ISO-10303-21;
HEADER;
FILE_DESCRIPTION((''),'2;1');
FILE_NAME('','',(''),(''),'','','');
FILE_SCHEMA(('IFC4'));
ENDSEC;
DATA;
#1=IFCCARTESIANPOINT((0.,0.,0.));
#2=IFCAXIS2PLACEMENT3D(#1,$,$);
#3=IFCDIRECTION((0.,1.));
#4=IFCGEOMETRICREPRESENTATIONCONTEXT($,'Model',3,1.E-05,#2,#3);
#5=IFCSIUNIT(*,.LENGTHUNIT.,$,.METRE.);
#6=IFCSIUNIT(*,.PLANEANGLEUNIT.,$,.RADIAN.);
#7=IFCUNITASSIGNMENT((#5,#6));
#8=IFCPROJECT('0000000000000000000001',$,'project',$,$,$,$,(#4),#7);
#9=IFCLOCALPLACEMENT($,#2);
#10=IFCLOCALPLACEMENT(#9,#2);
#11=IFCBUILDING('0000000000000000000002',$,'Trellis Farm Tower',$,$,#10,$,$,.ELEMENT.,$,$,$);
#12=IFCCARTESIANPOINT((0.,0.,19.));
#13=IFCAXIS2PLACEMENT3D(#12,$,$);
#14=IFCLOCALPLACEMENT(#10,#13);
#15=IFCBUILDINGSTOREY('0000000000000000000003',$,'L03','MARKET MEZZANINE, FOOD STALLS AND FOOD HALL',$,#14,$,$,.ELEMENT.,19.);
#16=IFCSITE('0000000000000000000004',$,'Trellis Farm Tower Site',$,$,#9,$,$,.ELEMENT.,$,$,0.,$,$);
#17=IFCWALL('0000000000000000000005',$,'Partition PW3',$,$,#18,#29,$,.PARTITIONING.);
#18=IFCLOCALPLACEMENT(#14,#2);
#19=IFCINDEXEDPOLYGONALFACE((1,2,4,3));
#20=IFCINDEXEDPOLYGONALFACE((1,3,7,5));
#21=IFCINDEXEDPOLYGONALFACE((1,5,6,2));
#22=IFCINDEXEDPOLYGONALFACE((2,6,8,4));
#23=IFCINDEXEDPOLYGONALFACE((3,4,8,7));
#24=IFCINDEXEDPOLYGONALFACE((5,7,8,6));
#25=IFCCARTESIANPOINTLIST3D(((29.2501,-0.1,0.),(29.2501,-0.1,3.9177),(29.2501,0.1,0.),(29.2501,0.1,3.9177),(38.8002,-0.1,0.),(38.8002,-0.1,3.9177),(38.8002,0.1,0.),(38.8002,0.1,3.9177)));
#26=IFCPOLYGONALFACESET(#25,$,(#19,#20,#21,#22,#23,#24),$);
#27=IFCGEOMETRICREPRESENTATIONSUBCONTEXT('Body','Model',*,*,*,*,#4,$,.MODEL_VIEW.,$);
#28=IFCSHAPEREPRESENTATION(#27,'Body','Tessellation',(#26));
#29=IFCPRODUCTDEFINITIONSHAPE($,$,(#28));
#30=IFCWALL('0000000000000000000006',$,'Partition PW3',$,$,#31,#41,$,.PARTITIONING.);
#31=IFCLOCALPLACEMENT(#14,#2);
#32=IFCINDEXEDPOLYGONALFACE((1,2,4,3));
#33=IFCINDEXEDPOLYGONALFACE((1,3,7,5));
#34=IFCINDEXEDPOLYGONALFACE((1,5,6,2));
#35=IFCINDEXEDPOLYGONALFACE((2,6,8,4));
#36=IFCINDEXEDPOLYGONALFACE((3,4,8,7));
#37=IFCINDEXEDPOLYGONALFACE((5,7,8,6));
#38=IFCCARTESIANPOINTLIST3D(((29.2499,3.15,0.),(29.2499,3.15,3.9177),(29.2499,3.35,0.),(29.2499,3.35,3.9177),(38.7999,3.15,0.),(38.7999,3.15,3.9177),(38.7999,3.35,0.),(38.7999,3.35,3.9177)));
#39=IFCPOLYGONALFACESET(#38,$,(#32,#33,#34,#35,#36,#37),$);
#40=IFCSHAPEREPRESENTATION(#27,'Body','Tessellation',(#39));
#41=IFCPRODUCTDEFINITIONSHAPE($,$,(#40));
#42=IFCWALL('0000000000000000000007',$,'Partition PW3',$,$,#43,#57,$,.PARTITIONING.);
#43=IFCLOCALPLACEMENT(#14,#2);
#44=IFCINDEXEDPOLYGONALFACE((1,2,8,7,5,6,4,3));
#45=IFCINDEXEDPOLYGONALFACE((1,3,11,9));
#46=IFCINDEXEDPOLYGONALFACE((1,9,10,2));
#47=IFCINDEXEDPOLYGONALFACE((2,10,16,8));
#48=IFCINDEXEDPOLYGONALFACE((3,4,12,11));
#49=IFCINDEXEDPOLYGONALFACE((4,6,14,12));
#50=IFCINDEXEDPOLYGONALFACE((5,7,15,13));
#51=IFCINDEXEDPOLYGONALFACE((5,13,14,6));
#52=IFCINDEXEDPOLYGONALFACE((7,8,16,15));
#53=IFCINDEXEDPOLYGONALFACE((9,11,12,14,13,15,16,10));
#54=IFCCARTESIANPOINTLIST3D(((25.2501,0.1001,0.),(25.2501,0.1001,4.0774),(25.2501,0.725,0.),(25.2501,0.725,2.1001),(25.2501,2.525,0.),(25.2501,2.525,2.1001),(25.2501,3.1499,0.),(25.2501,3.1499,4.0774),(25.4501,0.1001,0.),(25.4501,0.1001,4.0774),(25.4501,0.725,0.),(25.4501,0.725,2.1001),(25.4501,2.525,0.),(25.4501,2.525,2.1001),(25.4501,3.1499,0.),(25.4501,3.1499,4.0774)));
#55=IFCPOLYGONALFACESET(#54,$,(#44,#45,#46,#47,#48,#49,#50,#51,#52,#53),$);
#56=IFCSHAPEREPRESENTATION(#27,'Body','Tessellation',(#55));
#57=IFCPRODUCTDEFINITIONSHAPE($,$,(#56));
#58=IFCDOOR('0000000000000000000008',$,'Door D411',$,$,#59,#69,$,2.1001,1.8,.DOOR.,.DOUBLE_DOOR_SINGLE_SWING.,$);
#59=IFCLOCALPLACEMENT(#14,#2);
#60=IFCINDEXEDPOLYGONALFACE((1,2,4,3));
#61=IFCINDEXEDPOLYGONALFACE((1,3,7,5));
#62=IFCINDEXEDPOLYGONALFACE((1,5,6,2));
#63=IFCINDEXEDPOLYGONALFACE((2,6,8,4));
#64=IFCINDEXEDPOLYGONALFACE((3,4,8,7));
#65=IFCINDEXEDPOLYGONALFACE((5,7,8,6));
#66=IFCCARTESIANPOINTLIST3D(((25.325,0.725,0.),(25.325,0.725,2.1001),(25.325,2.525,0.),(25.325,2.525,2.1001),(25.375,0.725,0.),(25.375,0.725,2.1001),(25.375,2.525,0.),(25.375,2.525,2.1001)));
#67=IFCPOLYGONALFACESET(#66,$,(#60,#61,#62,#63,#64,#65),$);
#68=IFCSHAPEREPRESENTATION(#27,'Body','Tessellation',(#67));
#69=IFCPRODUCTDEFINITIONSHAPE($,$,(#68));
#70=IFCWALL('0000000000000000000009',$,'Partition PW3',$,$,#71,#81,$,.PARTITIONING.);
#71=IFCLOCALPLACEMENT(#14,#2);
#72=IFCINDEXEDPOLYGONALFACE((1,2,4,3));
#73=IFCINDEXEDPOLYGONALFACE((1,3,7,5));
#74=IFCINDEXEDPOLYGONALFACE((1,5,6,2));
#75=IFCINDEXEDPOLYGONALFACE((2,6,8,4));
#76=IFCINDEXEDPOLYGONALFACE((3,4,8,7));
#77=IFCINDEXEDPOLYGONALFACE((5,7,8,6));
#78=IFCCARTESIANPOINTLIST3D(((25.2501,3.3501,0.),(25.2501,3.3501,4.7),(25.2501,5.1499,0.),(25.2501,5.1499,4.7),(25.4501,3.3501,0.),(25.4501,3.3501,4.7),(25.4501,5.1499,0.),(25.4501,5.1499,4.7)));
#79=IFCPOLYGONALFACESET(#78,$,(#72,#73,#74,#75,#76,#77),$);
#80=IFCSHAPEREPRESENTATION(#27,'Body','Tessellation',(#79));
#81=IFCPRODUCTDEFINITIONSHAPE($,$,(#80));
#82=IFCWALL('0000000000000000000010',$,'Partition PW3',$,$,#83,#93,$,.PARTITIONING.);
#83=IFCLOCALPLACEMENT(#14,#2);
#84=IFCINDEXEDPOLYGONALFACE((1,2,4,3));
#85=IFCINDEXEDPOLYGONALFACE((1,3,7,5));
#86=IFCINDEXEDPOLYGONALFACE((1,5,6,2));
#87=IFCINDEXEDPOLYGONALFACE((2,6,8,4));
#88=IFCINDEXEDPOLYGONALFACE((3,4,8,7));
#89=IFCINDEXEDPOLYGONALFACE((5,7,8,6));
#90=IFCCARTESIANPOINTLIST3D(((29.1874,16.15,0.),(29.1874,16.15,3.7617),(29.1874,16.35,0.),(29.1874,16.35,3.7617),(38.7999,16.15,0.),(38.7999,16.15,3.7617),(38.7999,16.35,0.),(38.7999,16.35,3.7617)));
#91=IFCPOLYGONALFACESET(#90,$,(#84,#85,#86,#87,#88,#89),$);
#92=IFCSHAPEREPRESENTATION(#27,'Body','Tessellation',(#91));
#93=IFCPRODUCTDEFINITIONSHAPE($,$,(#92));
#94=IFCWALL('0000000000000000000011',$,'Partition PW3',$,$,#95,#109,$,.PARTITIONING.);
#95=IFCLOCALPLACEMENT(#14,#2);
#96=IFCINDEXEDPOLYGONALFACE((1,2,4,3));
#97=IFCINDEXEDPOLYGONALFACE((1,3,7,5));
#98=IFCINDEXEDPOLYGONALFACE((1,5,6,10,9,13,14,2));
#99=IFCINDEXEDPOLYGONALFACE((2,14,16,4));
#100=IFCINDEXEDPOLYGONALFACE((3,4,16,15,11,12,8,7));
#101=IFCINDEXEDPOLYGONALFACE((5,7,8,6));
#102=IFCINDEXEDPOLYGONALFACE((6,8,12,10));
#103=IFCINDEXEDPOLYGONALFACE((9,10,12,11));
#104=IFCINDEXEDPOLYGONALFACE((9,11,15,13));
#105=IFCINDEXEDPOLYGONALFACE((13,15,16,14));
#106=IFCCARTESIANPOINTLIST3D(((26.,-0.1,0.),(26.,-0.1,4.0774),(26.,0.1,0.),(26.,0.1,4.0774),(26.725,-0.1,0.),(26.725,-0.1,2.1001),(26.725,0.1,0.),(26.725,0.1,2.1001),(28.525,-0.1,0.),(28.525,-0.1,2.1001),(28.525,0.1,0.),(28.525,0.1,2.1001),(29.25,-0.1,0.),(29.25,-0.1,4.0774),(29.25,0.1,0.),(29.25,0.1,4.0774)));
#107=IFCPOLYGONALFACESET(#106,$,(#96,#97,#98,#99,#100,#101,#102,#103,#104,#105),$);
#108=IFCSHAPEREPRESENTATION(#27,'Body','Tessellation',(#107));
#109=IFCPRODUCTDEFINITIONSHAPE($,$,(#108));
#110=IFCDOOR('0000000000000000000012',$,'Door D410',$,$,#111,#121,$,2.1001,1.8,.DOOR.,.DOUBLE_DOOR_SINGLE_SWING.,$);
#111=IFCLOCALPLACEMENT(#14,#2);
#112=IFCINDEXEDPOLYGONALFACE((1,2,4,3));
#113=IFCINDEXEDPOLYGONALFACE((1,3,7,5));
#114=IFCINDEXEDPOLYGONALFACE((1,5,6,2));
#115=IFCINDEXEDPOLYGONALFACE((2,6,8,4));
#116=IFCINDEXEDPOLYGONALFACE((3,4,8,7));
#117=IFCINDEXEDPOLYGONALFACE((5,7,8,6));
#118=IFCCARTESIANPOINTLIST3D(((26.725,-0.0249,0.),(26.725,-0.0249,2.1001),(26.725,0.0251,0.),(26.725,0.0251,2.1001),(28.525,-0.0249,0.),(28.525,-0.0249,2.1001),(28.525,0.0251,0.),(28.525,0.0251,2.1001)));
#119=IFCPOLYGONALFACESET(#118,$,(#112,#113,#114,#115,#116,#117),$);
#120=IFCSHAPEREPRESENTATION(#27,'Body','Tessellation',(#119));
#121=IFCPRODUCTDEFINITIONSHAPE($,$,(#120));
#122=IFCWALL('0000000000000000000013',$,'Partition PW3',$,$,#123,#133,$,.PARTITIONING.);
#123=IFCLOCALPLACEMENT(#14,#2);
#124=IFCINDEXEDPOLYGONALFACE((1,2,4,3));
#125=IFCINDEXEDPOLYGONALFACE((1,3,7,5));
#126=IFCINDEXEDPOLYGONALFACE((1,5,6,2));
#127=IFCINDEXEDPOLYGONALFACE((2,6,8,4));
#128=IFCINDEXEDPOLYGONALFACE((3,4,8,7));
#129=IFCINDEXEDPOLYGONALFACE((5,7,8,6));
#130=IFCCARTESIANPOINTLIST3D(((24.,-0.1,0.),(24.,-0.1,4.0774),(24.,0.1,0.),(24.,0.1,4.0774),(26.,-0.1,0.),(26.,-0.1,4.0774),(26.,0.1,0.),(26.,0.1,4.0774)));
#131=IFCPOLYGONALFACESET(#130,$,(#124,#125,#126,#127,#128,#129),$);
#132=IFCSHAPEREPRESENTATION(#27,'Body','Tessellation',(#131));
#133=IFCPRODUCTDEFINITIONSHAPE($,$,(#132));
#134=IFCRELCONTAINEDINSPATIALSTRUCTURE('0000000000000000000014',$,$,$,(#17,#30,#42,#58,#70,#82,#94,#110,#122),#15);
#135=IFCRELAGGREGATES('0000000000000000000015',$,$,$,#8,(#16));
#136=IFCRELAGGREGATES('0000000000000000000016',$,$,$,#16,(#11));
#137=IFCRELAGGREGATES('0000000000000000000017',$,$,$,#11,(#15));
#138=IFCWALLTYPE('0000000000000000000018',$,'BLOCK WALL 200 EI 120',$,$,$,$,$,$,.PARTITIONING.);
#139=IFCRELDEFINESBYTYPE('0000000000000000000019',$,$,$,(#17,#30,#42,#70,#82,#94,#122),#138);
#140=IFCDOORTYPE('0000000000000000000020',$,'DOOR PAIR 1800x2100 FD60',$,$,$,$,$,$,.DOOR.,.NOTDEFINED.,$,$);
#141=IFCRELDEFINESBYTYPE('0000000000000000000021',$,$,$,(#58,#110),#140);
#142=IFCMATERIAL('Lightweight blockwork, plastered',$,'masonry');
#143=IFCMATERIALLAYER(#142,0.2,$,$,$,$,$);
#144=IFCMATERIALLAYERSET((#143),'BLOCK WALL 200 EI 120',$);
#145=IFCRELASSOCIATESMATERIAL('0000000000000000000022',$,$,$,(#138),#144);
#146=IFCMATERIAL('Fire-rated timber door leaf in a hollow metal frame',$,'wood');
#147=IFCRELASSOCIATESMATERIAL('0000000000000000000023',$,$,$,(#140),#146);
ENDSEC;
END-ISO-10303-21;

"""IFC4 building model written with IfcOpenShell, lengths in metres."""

from ifc_helpers import new_model, si_unit, direction, frame, frame_2d, origin, place, context, subcontext, project, spatial, rectangle, extrude, source, transform, mapped, material, layer, layer_set, type_object, element, fill, save


model = new_model("IFC4")

# Units and contexts
model_context = context("Model", 3, precision=1e-05, world=origin(), true_north=direction((0.0, 1.0)))
body_context = subcontext(model_context, "Body", "Model", "MODEL_VIEW")
ifc_project = project(units=[si_unit("LENGTHUNIT", "METRE"), si_unit("PLANEANGLEUNIT", "RADIAN")], contexts=[model_context])

# Site, building, storey
site_placement = place(None, origin())
site = spatial("IfcSite", under=ifc_project, at=site_placement, Name="Trellis Farm Tower Site", CompositionType="ELEMENT", RefElevation=0.0)
building_placement = place(site_placement, origin())
building = spatial("IfcBuilding", under=site, at=building_placement, Name="Trellis Farm Tower", CompositionType="ELEMENT")
storey_placement = place(building_placement, frame((0.0, 0.0, 19.0)))
storey = spatial("IfcBuildingStorey", under=building, at=storey_placement, Name="L03", Description="MARKET MEZZANINE, FOOD STALLS AND FOOD HALL", CompositionType="ELEMENT", Elevation=19.0)

# Shared definitions
ifc_material_1 = material(Name="Lightweight blockwork, plastered", Category="masonry")
ifc_layer = layer(ifc_material_1, 0.2)
ifc_layer_set = layer_set([ifc_layer], Name="BLOCK WALL 200 EI 120")
wall_type = type_object("IfcWallType", Name="BLOCK WALL 200 EI 120", PredefinedType="PARTITIONING", material=ifc_layer_set)
shared_shape_1 = source(origin(), body_context, "Body", "SweptSolid", [
    extrude(rectangle(XDim=1.8, YDim=2.1001, at=frame_2d((0.8999, 1.05))), frame((0.0, 0.1101, 0.0), z_axis=(0.0, -1.0, 0.0), x_axis=(1.0, 0.0, 0.0)), (0.0, 0.0, 1.0), 0.2202),
])
ifc_material_2 = material(Name="Fire-rated timber door leaf in a hollow metal frame", Category="wood")
door_type = type_object("IfcDoorType", Name="DOOR PAIR 1800x2100 FD60", OperationType="NOTDEFINED", PredefinedType="DOOR", material=ifc_material_2)
shared_shape_2 = source(origin(), body_context, "Body", "SweptSolid", [
    extrude(rectangle(XDim=1.8, YDim=2.1001, at=frame_2d((0.8999, 1.05))), frame((0.0, 0.0249, 0.0), z_axis=(0.0, -1.0, 0.0), x_axis=(1.0, 0.0, 0.0)), (0.0, 0.0, 1.0), 0.05),
])

# Walls
shared_shape_3 = source(origin(), body_context, "Body", "SweptSolid", [
    extrude(rectangle(XDim=9.55, YDim=0.2, at=frame_2d((4.7749, 0.0))), origin(), (0.0, 0.0, 1.0), 3.9177),
])
for number, where, z_axis, x_axis, name in (
    (1, (38.8, 0.0, 0.0), (0.0, 0.0, 1.0), (-1.0, 0.0, 0.0), "Partition PW3"),
    (2, (29.25, 3.25, 0.0), (0.0, 0.0, 1.0), (1.0, 0.0, 0.0), "Partition PW3"),
):
    element("IfcWall", number, at=place(storey_placement, frame(where, z_axis=z_axis, x_axis=x_axis)), inside=storey, type_object=wall_type, Name=name, PredefinedType="PARTITIONING", context=body_context, shape_type="MappedRepresentation", body=[
        mapped(shared_shape_3, transform((0.0, 0.0, 0.0))),
    ])

# Wall, opening, door
shared_shape_4 = source(origin(), body_context, "Body", "SweptSolid", [
    extrude(rectangle(XDim=3.0498, YDim=0.2, at=frame_2d((1.5249, 0.0))), origin(), (0.0, 0.0, 1.0), 4.0774),
])
wall_1_placement = place(storey_placement, frame((25.3501, 3.1499, 0.0), z_axis=(0.0, 0.0, 1.0), x_axis=(0.0, -1.0, 0.0)))
wall_1 = element("IfcWall", 3, at=wall_1_placement, inside=storey, type_object=wall_type, Name="Partition PW3", PredefinedType="PARTITIONING", context=body_context, shape_type="MappedRepresentation", body=[
    mapped(shared_shape_4, transform((0.0, 0.0, 0.0))),
])
opening_1_placement = place(wall_1_placement, frame((0.625, 0.0, 0.0)))
opening_1 = element("IfcOpeningElement", 4, at=opening_1_placement, cuts=wall_1, PredefinedType="OPENING", context=body_context, shape_type="MappedRepresentation", body=[
    mapped(shared_shape_1, transform((0.0, 0.0, 0.0))),
])
door_1_placement = place(opening_1_placement, origin())
door_1 = element("IfcDoor", 5, at=door_1_placement, inside=storey, type_object=door_type, Name="Door D411", OperationType="DOUBLE_DOOR_SINGLE_SWING", OverallHeight=2.1001, OverallWidth=1.8, PredefinedType="DOOR", context=body_context, shape_type="MappedRepresentation", body=[
    mapped(shared_shape_2, transform((0.0, 0.0, 0.0))),
])
fill(opening_1, door_1)

# Walls
shared_shape_5 = source(origin(), body_context, "Body", "SweptSolid", [
    extrude(rectangle(XDim=1.7998, YDim=0.2, at=frame_2d((0.8999, 0.0))), origin(), (0.0, 0.0, 1.0), 4.7),
])
wall_2_placement = place(storey_placement, frame((25.3501, 3.3501, 0.0), z_axis=(0.0, 0.0, 1.0), x_axis=(0.0, 1.0, 0.0)))
element("IfcWall", 6, at=wall_2_placement, inside=storey, type_object=wall_type, Name="Partition PW3", PredefinedType="PARTITIONING", context=body_context, shape_type="MappedRepresentation", body=[
    mapped(shared_shape_5, transform((0.0, 0.0, 0.0))),
])
shared_shape_6 = source(origin(), body_context, "Body", "SweptSolid", [
    extrude(rectangle(XDim=9.6125, YDim=0.2, at=frame_2d((4.8062, 0.0))), origin(), (0.0, 0.0, 1.0), 3.7617),
])
wall_3_placement = place(storey_placement, frame((29.1875, 16.25, 0.0), z_axis=(0.0, 0.0, 1.0), x_axis=(1.0, 0.0, 0.0)))
element("IfcWall", 7, at=wall_3_placement, inside=storey, type_object=wall_type, Name="Partition PW3", PredefinedType="PARTITIONING", context=body_context, shape_type="MappedRepresentation", body=[
    mapped(shared_shape_6, transform((0.0, 0.0, 0.0))),
])

# Wall, opening, door
shared_shape_7 = source(origin(), body_context, "Body", "SweptSolid", [
    extrude(rectangle(XDim=3.25, YDim=0.2, at=frame_2d((1.625, 0.0))), origin(), (0.0, 0.0, 1.0), 4.0774),
])
wall_4_placement = place(storey_placement, frame((29.25, 0.0, 0.0), z_axis=(0.0, 0.0, 1.0), x_axis=(-1.0, 0.0, 0.0)))
wall_4 = element("IfcWall", 8, at=wall_4_placement, inside=storey, type_object=wall_type, Name="Partition PW3", PredefinedType="PARTITIONING", context=body_context, shape_type="MappedRepresentation", body=[
    mapped(shared_shape_7, transform((0.0, 0.0, 0.0))),
])
opening_2_placement = place(wall_4_placement, frame((0.7251, 0.0, 0.0)))
opening_2 = element("IfcOpeningElement", 9, at=opening_2_placement, cuts=wall_4, PredefinedType="OPENING", context=body_context, shape_type="MappedRepresentation", body=[
    mapped(shared_shape_1, transform((0.0, 0.0, 0.0))),
])
door_2_placement = place(opening_2_placement, origin())
door_2 = element("IfcDoor", 10, at=door_2_placement, inside=storey, type_object=door_type, Name="Door D410", OperationType="DOUBLE_DOOR_SINGLE_SWING", OverallHeight=2.1001, OverallWidth=1.8, PredefinedType="DOOR", context=body_context, shape_type="MappedRepresentation", body=[
    mapped(shared_shape_2, transform((0.0, 0.0, 0.0))),
])
fill(opening_2, door_2)

# Wall
shared_shape_8 = source(origin(), body_context, "Body", "SweptSolid", [
    extrude(rectangle(XDim=2.0, YDim=0.2, at=frame_2d((1.0, 0.0))), origin(), (0.0, 0.0, 1.0), 4.0774),
])
wall_5_placement = place(storey_placement, frame((26.0, 0.0, 0.0), z_axis=(0.0, 0.0, 1.0), x_axis=(-1.0, 0.0, 0.0)))
element("IfcWall", 11, at=wall_5_placement, inside=storey, type_object=wall_type, Name="Partition PW3", PredefinedType="PARTITIONING", context=body_context, shape_type="MappedRepresentation", body=[
    mapped(shared_shape_8, transform((0.0, 0.0, 0.0))),
])

save(model, "model.ifc")
